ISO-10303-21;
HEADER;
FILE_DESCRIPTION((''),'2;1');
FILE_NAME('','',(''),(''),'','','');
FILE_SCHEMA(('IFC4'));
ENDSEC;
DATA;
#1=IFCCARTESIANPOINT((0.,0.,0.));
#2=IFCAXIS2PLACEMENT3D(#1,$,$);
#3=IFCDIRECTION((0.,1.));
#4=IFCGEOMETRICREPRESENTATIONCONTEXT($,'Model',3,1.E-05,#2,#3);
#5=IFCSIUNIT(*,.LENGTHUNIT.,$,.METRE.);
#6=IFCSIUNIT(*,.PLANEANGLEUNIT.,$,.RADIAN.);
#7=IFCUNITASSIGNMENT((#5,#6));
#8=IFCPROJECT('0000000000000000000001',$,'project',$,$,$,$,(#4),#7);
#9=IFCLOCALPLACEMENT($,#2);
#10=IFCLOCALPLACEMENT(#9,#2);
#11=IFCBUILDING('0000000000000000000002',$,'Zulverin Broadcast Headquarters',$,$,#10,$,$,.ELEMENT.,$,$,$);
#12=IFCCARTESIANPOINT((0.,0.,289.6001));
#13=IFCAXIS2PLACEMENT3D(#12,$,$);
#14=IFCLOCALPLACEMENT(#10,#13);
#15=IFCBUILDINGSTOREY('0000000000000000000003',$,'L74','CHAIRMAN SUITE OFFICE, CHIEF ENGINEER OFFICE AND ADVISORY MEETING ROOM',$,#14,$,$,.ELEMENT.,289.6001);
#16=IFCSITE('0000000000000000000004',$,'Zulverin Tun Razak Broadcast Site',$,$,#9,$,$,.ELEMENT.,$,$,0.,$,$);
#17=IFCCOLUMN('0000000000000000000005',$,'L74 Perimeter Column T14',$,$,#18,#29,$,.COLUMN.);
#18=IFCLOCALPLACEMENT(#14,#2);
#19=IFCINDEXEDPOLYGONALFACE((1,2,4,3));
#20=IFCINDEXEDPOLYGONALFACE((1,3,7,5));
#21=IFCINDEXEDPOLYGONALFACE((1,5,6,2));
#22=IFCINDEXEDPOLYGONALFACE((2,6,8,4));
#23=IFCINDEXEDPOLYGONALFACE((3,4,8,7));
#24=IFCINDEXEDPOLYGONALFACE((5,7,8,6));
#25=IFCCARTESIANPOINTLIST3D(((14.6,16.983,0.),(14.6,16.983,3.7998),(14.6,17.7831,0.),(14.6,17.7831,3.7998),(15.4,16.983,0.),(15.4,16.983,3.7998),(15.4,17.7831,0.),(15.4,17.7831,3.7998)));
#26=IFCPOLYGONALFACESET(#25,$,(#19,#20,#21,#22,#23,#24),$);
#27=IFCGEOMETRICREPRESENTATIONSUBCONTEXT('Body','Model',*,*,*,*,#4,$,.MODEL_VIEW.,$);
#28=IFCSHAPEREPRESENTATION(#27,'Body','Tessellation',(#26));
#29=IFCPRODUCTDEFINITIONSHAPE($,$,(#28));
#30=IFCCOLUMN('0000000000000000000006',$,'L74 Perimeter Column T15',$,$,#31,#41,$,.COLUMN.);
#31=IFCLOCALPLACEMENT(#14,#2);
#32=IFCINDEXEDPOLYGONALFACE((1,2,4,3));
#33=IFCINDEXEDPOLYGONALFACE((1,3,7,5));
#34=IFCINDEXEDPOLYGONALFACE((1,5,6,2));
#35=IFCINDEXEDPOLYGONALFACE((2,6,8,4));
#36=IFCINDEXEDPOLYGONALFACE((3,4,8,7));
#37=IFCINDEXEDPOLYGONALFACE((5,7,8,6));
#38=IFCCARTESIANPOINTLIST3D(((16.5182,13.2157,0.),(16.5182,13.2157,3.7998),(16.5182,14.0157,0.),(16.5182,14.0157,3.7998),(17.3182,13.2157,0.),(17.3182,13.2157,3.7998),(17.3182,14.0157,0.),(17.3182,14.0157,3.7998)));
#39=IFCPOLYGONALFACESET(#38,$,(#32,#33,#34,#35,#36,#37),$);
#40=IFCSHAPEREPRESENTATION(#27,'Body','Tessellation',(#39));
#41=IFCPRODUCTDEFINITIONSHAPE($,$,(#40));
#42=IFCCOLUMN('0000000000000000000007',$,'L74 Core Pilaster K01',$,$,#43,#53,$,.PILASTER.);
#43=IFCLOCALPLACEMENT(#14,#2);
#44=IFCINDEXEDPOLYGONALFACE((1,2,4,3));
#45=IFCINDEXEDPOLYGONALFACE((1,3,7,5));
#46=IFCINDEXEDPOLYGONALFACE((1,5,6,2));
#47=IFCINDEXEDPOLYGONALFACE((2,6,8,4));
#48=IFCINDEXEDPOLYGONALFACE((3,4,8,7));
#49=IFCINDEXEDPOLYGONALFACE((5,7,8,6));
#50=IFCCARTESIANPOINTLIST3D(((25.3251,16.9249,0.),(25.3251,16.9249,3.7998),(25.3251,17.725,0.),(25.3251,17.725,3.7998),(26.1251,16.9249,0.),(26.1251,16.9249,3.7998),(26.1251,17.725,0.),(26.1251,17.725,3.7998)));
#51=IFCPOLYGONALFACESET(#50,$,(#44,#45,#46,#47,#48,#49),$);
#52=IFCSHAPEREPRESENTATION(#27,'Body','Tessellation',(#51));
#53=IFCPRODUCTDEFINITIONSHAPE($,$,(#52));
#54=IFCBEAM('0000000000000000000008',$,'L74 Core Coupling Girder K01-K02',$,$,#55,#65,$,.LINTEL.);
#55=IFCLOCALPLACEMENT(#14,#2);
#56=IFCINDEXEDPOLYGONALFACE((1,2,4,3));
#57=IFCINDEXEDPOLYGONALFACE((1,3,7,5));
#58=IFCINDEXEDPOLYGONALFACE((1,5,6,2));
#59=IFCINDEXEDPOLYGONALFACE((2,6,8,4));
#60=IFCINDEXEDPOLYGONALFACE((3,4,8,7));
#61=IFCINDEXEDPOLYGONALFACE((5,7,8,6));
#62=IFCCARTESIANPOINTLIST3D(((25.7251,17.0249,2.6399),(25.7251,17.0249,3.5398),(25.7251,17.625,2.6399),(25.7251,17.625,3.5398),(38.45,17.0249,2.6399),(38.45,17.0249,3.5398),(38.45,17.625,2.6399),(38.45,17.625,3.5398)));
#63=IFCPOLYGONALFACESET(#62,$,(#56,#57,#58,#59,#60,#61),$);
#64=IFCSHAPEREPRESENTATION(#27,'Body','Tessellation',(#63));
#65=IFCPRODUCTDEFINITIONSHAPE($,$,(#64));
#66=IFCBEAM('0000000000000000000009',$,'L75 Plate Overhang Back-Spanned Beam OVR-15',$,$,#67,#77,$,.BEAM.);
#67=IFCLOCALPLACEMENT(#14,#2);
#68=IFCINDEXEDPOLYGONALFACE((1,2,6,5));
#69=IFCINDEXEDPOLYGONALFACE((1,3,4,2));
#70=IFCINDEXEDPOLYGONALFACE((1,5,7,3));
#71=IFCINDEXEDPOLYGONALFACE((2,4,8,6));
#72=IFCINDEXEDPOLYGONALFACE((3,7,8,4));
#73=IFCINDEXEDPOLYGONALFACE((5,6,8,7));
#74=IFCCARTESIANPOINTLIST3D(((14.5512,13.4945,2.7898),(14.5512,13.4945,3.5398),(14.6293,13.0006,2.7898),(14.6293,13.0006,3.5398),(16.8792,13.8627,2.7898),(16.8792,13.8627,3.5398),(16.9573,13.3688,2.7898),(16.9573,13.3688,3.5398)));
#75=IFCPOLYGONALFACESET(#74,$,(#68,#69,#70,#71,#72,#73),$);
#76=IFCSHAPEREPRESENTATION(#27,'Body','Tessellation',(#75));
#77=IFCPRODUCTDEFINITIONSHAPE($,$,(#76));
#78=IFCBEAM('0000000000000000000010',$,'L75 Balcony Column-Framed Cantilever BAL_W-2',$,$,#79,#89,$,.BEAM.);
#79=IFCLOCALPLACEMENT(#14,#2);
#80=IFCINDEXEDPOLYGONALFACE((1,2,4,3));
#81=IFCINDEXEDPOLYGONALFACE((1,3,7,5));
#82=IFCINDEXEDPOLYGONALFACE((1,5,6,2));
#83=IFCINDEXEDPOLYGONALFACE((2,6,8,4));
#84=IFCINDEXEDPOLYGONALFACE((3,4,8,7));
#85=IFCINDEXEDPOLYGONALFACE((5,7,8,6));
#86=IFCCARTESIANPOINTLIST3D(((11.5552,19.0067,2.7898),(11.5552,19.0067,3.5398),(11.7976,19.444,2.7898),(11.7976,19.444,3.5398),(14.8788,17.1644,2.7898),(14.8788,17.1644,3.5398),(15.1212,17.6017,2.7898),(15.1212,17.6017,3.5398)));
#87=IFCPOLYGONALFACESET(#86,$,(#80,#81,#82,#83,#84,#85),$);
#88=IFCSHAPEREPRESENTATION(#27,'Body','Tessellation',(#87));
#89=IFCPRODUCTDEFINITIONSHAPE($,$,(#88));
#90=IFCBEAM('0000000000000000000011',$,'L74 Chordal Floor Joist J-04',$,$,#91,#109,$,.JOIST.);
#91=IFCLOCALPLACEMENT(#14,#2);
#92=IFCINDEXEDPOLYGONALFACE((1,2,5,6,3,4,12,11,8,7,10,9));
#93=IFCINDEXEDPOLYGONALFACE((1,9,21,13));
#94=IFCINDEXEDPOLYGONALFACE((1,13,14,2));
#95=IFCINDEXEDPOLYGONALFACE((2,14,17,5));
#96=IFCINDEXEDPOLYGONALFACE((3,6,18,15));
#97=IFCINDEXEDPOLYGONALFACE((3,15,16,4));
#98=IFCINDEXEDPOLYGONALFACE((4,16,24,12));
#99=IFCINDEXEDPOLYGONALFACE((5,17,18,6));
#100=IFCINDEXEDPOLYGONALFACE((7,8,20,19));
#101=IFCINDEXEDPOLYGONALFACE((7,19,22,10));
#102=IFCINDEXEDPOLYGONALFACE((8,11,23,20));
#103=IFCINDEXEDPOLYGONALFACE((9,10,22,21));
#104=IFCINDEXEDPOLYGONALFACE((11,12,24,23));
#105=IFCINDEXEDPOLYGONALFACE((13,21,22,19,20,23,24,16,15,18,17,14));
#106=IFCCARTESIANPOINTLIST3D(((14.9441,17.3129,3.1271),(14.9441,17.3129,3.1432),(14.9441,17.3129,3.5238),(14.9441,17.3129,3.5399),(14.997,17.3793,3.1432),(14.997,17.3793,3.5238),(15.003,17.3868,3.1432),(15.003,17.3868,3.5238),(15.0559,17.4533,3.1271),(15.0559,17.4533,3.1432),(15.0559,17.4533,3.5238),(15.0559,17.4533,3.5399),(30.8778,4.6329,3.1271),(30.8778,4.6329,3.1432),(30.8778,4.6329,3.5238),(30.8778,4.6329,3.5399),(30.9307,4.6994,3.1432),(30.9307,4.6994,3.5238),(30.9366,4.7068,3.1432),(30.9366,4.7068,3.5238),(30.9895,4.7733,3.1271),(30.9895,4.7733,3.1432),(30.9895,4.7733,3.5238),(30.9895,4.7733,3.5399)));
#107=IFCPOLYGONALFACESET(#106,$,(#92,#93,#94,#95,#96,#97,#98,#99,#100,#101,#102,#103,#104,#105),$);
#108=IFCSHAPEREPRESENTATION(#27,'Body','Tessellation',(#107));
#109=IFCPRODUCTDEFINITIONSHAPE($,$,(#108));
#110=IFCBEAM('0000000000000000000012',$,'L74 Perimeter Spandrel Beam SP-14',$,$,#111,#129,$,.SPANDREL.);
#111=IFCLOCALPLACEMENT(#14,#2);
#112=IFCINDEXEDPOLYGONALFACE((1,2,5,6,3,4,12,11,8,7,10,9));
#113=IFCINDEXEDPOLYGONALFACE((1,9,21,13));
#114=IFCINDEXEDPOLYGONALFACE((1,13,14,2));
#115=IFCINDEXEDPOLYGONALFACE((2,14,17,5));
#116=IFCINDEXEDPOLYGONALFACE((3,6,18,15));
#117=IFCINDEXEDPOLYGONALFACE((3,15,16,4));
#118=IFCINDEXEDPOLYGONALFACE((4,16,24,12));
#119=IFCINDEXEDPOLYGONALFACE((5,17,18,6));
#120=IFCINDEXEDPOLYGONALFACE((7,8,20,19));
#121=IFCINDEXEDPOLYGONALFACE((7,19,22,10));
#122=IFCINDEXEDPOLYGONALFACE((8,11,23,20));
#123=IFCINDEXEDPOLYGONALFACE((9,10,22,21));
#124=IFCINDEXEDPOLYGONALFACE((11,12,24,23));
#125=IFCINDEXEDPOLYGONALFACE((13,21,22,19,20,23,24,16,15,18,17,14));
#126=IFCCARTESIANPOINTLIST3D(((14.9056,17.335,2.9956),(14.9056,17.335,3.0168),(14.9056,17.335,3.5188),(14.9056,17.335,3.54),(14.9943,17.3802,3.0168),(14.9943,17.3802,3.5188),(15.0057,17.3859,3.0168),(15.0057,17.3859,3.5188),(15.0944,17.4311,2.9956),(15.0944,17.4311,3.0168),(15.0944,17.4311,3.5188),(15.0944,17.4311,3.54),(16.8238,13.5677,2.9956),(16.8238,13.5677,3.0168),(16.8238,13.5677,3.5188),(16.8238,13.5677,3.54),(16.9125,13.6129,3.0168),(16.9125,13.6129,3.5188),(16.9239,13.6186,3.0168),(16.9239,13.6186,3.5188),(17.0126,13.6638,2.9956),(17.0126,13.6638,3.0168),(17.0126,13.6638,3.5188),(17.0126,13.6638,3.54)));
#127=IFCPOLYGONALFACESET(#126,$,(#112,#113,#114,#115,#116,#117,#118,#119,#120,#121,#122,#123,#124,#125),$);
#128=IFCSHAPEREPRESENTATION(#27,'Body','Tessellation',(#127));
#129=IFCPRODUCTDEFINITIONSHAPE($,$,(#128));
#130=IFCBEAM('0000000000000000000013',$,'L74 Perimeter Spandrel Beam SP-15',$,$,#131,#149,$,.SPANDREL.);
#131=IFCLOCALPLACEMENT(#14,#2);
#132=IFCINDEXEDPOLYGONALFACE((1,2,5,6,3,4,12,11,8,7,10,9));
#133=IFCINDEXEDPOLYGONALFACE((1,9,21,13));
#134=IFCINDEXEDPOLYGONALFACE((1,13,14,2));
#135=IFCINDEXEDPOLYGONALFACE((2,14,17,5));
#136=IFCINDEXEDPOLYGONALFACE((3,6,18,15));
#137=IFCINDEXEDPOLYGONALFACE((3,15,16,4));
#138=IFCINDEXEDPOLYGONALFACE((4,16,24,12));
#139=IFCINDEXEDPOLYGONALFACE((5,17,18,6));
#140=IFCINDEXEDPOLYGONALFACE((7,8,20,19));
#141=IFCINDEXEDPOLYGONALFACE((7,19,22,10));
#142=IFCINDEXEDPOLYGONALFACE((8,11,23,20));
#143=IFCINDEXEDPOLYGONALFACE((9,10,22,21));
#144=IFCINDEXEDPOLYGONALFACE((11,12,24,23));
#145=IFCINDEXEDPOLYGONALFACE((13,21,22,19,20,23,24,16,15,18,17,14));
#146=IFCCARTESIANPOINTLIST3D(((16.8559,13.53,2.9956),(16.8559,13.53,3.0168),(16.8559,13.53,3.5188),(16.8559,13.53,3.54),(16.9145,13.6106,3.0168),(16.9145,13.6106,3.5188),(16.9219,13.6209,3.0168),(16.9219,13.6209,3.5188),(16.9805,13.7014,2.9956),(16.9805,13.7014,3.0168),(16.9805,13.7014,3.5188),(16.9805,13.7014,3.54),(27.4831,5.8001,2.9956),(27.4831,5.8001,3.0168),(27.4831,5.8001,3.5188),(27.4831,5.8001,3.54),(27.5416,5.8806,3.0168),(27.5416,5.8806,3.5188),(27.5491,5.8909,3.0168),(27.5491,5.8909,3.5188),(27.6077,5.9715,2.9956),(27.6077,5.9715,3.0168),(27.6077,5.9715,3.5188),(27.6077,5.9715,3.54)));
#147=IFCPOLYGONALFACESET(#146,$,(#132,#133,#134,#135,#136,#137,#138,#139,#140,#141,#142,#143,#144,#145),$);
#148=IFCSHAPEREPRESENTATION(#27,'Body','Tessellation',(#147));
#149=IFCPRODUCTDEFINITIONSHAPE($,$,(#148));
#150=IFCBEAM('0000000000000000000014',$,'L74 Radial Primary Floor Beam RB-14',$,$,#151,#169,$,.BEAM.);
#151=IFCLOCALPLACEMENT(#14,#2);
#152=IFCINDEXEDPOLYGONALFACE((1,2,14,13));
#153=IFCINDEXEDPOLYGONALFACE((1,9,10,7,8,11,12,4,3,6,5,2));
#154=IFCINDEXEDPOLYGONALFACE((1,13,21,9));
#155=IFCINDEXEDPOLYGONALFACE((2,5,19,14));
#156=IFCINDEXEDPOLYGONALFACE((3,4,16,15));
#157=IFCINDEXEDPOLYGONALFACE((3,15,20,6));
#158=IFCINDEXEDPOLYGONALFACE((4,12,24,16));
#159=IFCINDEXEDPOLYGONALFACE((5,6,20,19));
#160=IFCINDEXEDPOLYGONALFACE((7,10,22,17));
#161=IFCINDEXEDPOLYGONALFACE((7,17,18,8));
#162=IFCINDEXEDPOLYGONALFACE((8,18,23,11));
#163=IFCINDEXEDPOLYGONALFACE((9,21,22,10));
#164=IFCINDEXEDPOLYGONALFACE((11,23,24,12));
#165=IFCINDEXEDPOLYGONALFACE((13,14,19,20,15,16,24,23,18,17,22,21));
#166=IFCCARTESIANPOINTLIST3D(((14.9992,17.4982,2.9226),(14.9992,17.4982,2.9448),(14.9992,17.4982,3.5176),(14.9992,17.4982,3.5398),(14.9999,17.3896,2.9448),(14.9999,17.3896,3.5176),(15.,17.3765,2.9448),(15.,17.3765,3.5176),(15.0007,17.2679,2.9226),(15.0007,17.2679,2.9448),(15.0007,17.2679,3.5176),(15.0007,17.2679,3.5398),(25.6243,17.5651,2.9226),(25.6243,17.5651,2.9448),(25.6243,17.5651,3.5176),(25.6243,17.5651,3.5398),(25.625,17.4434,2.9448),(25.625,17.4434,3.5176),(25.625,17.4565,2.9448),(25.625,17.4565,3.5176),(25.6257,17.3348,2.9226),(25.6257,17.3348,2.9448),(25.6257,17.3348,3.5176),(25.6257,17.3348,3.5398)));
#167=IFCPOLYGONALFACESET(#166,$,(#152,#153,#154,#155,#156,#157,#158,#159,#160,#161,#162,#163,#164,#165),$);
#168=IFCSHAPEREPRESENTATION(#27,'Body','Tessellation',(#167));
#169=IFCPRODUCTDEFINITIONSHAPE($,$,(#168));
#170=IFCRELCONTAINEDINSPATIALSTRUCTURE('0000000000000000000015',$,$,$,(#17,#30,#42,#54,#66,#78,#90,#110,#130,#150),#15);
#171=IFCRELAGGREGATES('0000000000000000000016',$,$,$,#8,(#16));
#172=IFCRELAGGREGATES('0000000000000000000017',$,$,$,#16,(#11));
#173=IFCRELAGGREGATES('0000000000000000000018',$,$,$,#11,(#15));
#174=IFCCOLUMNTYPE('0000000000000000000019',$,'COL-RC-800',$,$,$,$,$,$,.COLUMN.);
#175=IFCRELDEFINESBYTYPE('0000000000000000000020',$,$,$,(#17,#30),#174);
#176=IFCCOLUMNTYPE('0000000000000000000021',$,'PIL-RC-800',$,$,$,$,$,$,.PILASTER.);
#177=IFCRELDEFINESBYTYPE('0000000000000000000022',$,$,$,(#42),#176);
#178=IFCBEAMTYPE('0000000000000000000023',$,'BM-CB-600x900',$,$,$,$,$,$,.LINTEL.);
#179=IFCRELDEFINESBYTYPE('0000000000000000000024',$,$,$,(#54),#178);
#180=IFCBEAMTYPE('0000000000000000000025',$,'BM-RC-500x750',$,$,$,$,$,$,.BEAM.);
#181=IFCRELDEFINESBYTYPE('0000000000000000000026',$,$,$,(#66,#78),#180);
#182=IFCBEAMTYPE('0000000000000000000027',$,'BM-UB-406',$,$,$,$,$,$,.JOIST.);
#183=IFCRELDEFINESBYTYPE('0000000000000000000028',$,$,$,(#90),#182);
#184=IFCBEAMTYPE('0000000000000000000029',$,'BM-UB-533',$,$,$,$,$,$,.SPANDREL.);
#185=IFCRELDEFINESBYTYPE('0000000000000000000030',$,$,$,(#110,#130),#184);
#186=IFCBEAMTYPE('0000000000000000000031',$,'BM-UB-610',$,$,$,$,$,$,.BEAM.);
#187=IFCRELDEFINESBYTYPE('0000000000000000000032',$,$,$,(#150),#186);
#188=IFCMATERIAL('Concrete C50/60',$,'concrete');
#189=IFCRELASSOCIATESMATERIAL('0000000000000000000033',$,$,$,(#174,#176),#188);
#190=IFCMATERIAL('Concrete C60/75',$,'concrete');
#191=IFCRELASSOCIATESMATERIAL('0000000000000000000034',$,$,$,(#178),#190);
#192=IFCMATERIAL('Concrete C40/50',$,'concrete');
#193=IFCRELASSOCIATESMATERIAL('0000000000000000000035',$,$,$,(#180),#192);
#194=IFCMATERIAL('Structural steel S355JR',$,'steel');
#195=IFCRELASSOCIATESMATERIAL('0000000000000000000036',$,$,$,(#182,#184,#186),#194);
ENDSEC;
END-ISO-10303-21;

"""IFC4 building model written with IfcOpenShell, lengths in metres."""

from ifc_helpers import new_model, si_unit, direction, frame, origin, origin_2d, place, context, subcontext, project, spatial, rectangle, i_section, extrude, material, material_profile, profile_set, type_object, element, save


model = new_model("IFC4")

# Units and contexts
model_context = context("Model", 3, precision=1e-05, world=origin(), true_north=direction((0.0, 1.0)))
body_context = subcontext(model_context, "Body", "Model", "MODEL_VIEW")
ifc_project = project(units=[si_unit("LENGTHUNIT", "METRE"), si_unit("PLANEANGLEUNIT", "RADIAN")], contexts=[model_context])

# Site, building, storey
site_placement = place(None, origin())
site = spatial("IfcSite", under=ifc_project, at=site_placement, Name="Zulverin Tun Razak Broadcast Site", CompositionType="ELEMENT", RefElevation=0.0)
building_placement = place(site_placement, origin())
building = spatial("IfcBuilding", under=site, at=building_placement, Name="Zulverin Broadcast Headquarters", CompositionType="ELEMENT")
storey_placement = place(building_placement, frame((0.0, 0.0, 289.6001)))
storey = spatial("IfcBuildingStorey", under=building, at=storey_placement, Name="L74", Description="CHAIRMAN SUITE OFFICE, CHIEF ENGINEER OFFICE AND ADVISORY MEETING ROOM", CompositionType="ELEMENT", Elevation=289.6001)

# Columns
ifc_material_1 = material(Name="Concrete C50/60", Category="concrete")
ifc_material_profile_1 = material_profile(ifc_material_1, rectangle(XDim=0.8, YDim=0.8, at=origin_2d()), Name="Concrete C50/60", Category="concrete")
ifc_profile_set_1 = profile_set([ifc_material_profile_1], Name="Concrete C50/60")
column_type_1 = type_object("IfcColumnType", Name="COL-RC-800", PredefinedType="COLUMN", material=ifc_profile_set_1)
for number, where, z_axis, x_axis, name in (
    (1, (15.0, 17.3831, 0.0), (0.0, 0.0, 1.0), (1.0, 0.0, 0.0), "L74 Perimeter Column T14"),
    (2, (16.9182, 13.6157, 0.0), (0.0, 0.0, 1.0), (1.0, 0.0, 0.0), "L74 Perimeter Column T15"),
):
    element("IfcColumn", number, at=place(storey_placement, frame(where, z_axis=z_axis, x_axis=x_axis)), inside=storey, type_object=column_type_1, Name=name, PredefinedType="COLUMN", context=body_context, shape_type="SweptSolid", body=[
        extrude(rectangle(XDim=0.8, YDim=0.8, at=origin_2d()), origin(), (0.0, 0.0, 1.0), 3.7998),
    ])
ifc_material_profile_2 = material_profile(ifc_material_1, rectangle(XDim=0.8, YDim=0.8, at=origin_2d()), Name="Concrete C50/60", Category="concrete")
ifc_profile_set_2 = profile_set([ifc_material_profile_2], Name="Concrete C50/60")
column_type_2 = type_object("IfcColumnType", Name="PIL-RC-800", PredefinedType="PILASTER", material=ifc_profile_set_2)
column_placement = place(storey_placement, frame((25.7251, 17.325, 0.0), z_axis=(0.0, 0.0, 1.0), x_axis=(1.0, 0.0, 0.0)))
element("IfcColumn", 3, at=column_placement, inside=storey, type_object=column_type_2, Name="L74 Core Pilaster K01", PredefinedType="PILASTER", context=body_context, shape_type="SweptSolid", body=[
    extrude(rectangle(XDim=0.8, YDim=0.8, at=origin_2d()), origin(), (0.0, 0.0, 1.0), 3.7998),
])

# Beams
ifc_material_2 = material(Name="Concrete C60/75", Category="concrete")
ifc_material_profile_3 = material_profile(ifc_material_2, rectangle(XDim=0.6001, YDim=0.8999, at=origin_2d()), Name="Concrete C60/75", Category="concrete")
ifc_profile_set_3 = profile_set([ifc_material_profile_3], Name="Concrete C60/75")
beam_type_1 = type_object("IfcBeamType", Name="BM-CB-600x900", PredefinedType="LINTEL", material=ifc_profile_set_3)
beam_1_placement = place(storey_placement, frame((25.7251, 17.325, 3.0898), z_axis=(1.0, 0.0, 0.0), x_axis=(0.0, 1.0, 0.0)))
element("IfcBeam", 4, at=beam_1_placement, inside=storey, type_object=beam_type_1, Name="L74 Core Coupling Girder K01-K02", PredefinedType="LINTEL", context=body_context, shape_type="SweptSolid", body=[
    extrude(rectangle(XDim=0.6001, YDim=0.8999, at=origin_2d()), origin(), (0.0, 0.0, 1.0), 12.7249),
])
ifc_material_3 = material(Name="Concrete C40/50", Category="concrete")
ifc_material_profile_4 = material_profile(ifc_material_3, rectangle(XDim=0.5, YDim=0.75, at=origin_2d()), Name="Concrete C40/50", Category="concrete")
ifc_profile_set_4 = profile_set([ifc_material_profile_4], Name="Concrete C40/50")
beam_type_2 = type_object("IfcBeamType", Name="BM-RC-500x750", PredefinedType="BEAM", material=ifc_profile_set_4)
beam_2_placement = place(storey_placement, frame((16.9182, 13.6157, 3.1648), z_axis=(-0.987723, -0.156213, 0.0), x_axis=(0.156213, -0.987723, 0.0)))
element("IfcBeam", 5, at=beam_2_placement, inside=storey, type_object=beam_type_2, Name="L75 Plate Overhang Back-Spanned Beam OVR-15", PredefinedType="BEAM", context=body_context, shape_type="SweptSolid", body=[
    extrude(rectangle(XDim=0.5, YDim=0.75, at=origin_2d()), origin(), (0.0, 0.0, 1.0), 2.3569),
])
beam_3_placement = place(storey_placement, frame((15.0, 17.3831, 3.1648), z_axis=(-0.874615, 0.484819, 0.0), x_axis=(-0.484819, -0.874615, 0.0)))
element("IfcBeam", 6, at=beam_3_placement, inside=storey, type_object=beam_type_2, Name="L75 Balcony Column-Framed Cantilever BAL_W-2", PredefinedType="BEAM", context=body_context, shape_type="SweptSolid", body=[
    extrude(rectangle(XDim=0.5, YDim=0.75, at=origin_2d()), origin(), (0.0, 0.0, 1.0), 3.8),
])
ifc_material_4 = material(Name="Structural steel S355JR", Category="steel")
ifc_material_profile_5 = material_profile(ifc_material_4, i_section(OverallWidth=0.1794, OverallDepth=0.4128, WebThickness=0.0095, FlangeThickness=0.0161, at=origin_2d()), Name="Structural steel S355JR", Category="steel")
ifc_profile_set_5 = profile_set([ifc_material_profile_5], Name="Structural steel S355JR")
beam_type_3 = type_object("IfcBeamType", Name="BM-UB-406", PredefinedType="JOIST", material=ifc_profile_set_5)
beam_4_placement = place(storey_placement, frame((15.0, 17.3831, 3.3335), z_axis=(0.78247, -0.622688, 0.0), x_axis=(0.622688, 0.78247, 0.0)))
element("IfcBeam", 7, at=beam_4_placement, inside=storey, type_object=beam_type_3, Name="L74 Chordal Floor Joist J-04", PredefinedType="JOIST", context=body_context, shape_type="SweptSolid", body=[
    extrude(i_section(OverallWidth=0.1794, OverallDepth=0.4128, WebThickness=0.0095, FlangeThickness=0.0161, at=origin_2d()), origin(), (0.0, 0.0, 1.0), 20.3633),
])
ifc_material_profile_6 = material_profile(ifc_material_4, i_section(OverallWidth=0.2119, OverallDepth=0.5444, WebThickness=0.0127, FlangeThickness=0.0212, at=origin_2d()), Name="Structural steel S355JR", Category="steel")
ifc_profile_set_6 = profile_set([ifc_material_profile_6], Name="Structural steel S355JR")
beam_type_4 = type_object("IfcBeamType", Name="BM-UB-533", PredefinedType="SPANDREL", material=ifc_profile_set_6)
beam_5_placement = place(storey_placement, frame((15.0, 17.3831, 3.2678), z_axis=(0.453739, -0.891135, 0.0), x_axis=(0.891135, 0.453739, 0.0)))
element("IfcBeam", 8, at=beam_5_placement, inside=storey, type_object=beam_type_4, Name="L74 Perimeter Spandrel Beam SP-14", PredefinedType="SPANDREL", context=body_context, shape_type="SweptSolid", body=[
    extrude(i_section(OverallWidth=0.2119, OverallDepth=0.5444, WebThickness=0.0127, FlangeThickness=0.0212, at=origin_2d()), origin(), (0.0, 0.0, 1.0), 4.2275),
])
beam_6_placement = place(storey_placement, frame((16.9182, 13.6157, 3.2678), z_axis=(0.808696, -0.588227, 0.0), x_axis=(0.588227, 0.808696, 0.0)))
element("IfcBeam", 9, at=beam_6_placement, inside=storey, type_object=beam_type_4, Name="L74 Perimeter Spandrel Beam SP-15", PredefinedType="SPANDREL", context=body_context, shape_type="SweptSolid", body=[
    extrude(i_section(OverallWidth=0.2119, OverallDepth=0.5444, WebThickness=0.0127, FlangeThickness=0.0212, at=origin_2d()), origin(), (0.0, 0.0, 1.0), 13.1411),
])
ifc_material_profile_7 = material_profile(ifc_material_4, i_section(OverallWidth=0.2302, OverallDepth=0.6172, WebThickness=0.0132, FlangeThickness=0.0222, at=origin_2d()), Name="Structural steel S355JR", Category="steel")
ifc_profile_set_7 = profile_set([ifc_material_profile_7], Name="Structural steel S355JR")
beam_type_5 = type_object("IfcBeamType", Name="BM-UB-610", PredefinedType="BEAM", material=ifc_profile_set_7)
beam_7_placement = place(storey_placement, frame((25.625, 17.45, 3.2312), z_axis=(-0.99998, -0.006296, 0.0), x_axis=(0.006296, -0.99998, 0.0)))
element("IfcBeam", 10, at=beam_7_placement, inside=storey, type_object=beam_type_5, Name="L74 Radial Primary Floor Beam RB-14", PredefinedType="BEAM", context=body_context, shape_type="SweptSolid", body=[
    extrude(i_section(OverallWidth=0.2302, OverallDepth=0.6172, WebThickness=0.0132, FlangeThickness=0.0222, at=origin_2d()), origin(), (0.0, 0.0, 1.0), 10.6252),
])

save(model, "model.ifc")
